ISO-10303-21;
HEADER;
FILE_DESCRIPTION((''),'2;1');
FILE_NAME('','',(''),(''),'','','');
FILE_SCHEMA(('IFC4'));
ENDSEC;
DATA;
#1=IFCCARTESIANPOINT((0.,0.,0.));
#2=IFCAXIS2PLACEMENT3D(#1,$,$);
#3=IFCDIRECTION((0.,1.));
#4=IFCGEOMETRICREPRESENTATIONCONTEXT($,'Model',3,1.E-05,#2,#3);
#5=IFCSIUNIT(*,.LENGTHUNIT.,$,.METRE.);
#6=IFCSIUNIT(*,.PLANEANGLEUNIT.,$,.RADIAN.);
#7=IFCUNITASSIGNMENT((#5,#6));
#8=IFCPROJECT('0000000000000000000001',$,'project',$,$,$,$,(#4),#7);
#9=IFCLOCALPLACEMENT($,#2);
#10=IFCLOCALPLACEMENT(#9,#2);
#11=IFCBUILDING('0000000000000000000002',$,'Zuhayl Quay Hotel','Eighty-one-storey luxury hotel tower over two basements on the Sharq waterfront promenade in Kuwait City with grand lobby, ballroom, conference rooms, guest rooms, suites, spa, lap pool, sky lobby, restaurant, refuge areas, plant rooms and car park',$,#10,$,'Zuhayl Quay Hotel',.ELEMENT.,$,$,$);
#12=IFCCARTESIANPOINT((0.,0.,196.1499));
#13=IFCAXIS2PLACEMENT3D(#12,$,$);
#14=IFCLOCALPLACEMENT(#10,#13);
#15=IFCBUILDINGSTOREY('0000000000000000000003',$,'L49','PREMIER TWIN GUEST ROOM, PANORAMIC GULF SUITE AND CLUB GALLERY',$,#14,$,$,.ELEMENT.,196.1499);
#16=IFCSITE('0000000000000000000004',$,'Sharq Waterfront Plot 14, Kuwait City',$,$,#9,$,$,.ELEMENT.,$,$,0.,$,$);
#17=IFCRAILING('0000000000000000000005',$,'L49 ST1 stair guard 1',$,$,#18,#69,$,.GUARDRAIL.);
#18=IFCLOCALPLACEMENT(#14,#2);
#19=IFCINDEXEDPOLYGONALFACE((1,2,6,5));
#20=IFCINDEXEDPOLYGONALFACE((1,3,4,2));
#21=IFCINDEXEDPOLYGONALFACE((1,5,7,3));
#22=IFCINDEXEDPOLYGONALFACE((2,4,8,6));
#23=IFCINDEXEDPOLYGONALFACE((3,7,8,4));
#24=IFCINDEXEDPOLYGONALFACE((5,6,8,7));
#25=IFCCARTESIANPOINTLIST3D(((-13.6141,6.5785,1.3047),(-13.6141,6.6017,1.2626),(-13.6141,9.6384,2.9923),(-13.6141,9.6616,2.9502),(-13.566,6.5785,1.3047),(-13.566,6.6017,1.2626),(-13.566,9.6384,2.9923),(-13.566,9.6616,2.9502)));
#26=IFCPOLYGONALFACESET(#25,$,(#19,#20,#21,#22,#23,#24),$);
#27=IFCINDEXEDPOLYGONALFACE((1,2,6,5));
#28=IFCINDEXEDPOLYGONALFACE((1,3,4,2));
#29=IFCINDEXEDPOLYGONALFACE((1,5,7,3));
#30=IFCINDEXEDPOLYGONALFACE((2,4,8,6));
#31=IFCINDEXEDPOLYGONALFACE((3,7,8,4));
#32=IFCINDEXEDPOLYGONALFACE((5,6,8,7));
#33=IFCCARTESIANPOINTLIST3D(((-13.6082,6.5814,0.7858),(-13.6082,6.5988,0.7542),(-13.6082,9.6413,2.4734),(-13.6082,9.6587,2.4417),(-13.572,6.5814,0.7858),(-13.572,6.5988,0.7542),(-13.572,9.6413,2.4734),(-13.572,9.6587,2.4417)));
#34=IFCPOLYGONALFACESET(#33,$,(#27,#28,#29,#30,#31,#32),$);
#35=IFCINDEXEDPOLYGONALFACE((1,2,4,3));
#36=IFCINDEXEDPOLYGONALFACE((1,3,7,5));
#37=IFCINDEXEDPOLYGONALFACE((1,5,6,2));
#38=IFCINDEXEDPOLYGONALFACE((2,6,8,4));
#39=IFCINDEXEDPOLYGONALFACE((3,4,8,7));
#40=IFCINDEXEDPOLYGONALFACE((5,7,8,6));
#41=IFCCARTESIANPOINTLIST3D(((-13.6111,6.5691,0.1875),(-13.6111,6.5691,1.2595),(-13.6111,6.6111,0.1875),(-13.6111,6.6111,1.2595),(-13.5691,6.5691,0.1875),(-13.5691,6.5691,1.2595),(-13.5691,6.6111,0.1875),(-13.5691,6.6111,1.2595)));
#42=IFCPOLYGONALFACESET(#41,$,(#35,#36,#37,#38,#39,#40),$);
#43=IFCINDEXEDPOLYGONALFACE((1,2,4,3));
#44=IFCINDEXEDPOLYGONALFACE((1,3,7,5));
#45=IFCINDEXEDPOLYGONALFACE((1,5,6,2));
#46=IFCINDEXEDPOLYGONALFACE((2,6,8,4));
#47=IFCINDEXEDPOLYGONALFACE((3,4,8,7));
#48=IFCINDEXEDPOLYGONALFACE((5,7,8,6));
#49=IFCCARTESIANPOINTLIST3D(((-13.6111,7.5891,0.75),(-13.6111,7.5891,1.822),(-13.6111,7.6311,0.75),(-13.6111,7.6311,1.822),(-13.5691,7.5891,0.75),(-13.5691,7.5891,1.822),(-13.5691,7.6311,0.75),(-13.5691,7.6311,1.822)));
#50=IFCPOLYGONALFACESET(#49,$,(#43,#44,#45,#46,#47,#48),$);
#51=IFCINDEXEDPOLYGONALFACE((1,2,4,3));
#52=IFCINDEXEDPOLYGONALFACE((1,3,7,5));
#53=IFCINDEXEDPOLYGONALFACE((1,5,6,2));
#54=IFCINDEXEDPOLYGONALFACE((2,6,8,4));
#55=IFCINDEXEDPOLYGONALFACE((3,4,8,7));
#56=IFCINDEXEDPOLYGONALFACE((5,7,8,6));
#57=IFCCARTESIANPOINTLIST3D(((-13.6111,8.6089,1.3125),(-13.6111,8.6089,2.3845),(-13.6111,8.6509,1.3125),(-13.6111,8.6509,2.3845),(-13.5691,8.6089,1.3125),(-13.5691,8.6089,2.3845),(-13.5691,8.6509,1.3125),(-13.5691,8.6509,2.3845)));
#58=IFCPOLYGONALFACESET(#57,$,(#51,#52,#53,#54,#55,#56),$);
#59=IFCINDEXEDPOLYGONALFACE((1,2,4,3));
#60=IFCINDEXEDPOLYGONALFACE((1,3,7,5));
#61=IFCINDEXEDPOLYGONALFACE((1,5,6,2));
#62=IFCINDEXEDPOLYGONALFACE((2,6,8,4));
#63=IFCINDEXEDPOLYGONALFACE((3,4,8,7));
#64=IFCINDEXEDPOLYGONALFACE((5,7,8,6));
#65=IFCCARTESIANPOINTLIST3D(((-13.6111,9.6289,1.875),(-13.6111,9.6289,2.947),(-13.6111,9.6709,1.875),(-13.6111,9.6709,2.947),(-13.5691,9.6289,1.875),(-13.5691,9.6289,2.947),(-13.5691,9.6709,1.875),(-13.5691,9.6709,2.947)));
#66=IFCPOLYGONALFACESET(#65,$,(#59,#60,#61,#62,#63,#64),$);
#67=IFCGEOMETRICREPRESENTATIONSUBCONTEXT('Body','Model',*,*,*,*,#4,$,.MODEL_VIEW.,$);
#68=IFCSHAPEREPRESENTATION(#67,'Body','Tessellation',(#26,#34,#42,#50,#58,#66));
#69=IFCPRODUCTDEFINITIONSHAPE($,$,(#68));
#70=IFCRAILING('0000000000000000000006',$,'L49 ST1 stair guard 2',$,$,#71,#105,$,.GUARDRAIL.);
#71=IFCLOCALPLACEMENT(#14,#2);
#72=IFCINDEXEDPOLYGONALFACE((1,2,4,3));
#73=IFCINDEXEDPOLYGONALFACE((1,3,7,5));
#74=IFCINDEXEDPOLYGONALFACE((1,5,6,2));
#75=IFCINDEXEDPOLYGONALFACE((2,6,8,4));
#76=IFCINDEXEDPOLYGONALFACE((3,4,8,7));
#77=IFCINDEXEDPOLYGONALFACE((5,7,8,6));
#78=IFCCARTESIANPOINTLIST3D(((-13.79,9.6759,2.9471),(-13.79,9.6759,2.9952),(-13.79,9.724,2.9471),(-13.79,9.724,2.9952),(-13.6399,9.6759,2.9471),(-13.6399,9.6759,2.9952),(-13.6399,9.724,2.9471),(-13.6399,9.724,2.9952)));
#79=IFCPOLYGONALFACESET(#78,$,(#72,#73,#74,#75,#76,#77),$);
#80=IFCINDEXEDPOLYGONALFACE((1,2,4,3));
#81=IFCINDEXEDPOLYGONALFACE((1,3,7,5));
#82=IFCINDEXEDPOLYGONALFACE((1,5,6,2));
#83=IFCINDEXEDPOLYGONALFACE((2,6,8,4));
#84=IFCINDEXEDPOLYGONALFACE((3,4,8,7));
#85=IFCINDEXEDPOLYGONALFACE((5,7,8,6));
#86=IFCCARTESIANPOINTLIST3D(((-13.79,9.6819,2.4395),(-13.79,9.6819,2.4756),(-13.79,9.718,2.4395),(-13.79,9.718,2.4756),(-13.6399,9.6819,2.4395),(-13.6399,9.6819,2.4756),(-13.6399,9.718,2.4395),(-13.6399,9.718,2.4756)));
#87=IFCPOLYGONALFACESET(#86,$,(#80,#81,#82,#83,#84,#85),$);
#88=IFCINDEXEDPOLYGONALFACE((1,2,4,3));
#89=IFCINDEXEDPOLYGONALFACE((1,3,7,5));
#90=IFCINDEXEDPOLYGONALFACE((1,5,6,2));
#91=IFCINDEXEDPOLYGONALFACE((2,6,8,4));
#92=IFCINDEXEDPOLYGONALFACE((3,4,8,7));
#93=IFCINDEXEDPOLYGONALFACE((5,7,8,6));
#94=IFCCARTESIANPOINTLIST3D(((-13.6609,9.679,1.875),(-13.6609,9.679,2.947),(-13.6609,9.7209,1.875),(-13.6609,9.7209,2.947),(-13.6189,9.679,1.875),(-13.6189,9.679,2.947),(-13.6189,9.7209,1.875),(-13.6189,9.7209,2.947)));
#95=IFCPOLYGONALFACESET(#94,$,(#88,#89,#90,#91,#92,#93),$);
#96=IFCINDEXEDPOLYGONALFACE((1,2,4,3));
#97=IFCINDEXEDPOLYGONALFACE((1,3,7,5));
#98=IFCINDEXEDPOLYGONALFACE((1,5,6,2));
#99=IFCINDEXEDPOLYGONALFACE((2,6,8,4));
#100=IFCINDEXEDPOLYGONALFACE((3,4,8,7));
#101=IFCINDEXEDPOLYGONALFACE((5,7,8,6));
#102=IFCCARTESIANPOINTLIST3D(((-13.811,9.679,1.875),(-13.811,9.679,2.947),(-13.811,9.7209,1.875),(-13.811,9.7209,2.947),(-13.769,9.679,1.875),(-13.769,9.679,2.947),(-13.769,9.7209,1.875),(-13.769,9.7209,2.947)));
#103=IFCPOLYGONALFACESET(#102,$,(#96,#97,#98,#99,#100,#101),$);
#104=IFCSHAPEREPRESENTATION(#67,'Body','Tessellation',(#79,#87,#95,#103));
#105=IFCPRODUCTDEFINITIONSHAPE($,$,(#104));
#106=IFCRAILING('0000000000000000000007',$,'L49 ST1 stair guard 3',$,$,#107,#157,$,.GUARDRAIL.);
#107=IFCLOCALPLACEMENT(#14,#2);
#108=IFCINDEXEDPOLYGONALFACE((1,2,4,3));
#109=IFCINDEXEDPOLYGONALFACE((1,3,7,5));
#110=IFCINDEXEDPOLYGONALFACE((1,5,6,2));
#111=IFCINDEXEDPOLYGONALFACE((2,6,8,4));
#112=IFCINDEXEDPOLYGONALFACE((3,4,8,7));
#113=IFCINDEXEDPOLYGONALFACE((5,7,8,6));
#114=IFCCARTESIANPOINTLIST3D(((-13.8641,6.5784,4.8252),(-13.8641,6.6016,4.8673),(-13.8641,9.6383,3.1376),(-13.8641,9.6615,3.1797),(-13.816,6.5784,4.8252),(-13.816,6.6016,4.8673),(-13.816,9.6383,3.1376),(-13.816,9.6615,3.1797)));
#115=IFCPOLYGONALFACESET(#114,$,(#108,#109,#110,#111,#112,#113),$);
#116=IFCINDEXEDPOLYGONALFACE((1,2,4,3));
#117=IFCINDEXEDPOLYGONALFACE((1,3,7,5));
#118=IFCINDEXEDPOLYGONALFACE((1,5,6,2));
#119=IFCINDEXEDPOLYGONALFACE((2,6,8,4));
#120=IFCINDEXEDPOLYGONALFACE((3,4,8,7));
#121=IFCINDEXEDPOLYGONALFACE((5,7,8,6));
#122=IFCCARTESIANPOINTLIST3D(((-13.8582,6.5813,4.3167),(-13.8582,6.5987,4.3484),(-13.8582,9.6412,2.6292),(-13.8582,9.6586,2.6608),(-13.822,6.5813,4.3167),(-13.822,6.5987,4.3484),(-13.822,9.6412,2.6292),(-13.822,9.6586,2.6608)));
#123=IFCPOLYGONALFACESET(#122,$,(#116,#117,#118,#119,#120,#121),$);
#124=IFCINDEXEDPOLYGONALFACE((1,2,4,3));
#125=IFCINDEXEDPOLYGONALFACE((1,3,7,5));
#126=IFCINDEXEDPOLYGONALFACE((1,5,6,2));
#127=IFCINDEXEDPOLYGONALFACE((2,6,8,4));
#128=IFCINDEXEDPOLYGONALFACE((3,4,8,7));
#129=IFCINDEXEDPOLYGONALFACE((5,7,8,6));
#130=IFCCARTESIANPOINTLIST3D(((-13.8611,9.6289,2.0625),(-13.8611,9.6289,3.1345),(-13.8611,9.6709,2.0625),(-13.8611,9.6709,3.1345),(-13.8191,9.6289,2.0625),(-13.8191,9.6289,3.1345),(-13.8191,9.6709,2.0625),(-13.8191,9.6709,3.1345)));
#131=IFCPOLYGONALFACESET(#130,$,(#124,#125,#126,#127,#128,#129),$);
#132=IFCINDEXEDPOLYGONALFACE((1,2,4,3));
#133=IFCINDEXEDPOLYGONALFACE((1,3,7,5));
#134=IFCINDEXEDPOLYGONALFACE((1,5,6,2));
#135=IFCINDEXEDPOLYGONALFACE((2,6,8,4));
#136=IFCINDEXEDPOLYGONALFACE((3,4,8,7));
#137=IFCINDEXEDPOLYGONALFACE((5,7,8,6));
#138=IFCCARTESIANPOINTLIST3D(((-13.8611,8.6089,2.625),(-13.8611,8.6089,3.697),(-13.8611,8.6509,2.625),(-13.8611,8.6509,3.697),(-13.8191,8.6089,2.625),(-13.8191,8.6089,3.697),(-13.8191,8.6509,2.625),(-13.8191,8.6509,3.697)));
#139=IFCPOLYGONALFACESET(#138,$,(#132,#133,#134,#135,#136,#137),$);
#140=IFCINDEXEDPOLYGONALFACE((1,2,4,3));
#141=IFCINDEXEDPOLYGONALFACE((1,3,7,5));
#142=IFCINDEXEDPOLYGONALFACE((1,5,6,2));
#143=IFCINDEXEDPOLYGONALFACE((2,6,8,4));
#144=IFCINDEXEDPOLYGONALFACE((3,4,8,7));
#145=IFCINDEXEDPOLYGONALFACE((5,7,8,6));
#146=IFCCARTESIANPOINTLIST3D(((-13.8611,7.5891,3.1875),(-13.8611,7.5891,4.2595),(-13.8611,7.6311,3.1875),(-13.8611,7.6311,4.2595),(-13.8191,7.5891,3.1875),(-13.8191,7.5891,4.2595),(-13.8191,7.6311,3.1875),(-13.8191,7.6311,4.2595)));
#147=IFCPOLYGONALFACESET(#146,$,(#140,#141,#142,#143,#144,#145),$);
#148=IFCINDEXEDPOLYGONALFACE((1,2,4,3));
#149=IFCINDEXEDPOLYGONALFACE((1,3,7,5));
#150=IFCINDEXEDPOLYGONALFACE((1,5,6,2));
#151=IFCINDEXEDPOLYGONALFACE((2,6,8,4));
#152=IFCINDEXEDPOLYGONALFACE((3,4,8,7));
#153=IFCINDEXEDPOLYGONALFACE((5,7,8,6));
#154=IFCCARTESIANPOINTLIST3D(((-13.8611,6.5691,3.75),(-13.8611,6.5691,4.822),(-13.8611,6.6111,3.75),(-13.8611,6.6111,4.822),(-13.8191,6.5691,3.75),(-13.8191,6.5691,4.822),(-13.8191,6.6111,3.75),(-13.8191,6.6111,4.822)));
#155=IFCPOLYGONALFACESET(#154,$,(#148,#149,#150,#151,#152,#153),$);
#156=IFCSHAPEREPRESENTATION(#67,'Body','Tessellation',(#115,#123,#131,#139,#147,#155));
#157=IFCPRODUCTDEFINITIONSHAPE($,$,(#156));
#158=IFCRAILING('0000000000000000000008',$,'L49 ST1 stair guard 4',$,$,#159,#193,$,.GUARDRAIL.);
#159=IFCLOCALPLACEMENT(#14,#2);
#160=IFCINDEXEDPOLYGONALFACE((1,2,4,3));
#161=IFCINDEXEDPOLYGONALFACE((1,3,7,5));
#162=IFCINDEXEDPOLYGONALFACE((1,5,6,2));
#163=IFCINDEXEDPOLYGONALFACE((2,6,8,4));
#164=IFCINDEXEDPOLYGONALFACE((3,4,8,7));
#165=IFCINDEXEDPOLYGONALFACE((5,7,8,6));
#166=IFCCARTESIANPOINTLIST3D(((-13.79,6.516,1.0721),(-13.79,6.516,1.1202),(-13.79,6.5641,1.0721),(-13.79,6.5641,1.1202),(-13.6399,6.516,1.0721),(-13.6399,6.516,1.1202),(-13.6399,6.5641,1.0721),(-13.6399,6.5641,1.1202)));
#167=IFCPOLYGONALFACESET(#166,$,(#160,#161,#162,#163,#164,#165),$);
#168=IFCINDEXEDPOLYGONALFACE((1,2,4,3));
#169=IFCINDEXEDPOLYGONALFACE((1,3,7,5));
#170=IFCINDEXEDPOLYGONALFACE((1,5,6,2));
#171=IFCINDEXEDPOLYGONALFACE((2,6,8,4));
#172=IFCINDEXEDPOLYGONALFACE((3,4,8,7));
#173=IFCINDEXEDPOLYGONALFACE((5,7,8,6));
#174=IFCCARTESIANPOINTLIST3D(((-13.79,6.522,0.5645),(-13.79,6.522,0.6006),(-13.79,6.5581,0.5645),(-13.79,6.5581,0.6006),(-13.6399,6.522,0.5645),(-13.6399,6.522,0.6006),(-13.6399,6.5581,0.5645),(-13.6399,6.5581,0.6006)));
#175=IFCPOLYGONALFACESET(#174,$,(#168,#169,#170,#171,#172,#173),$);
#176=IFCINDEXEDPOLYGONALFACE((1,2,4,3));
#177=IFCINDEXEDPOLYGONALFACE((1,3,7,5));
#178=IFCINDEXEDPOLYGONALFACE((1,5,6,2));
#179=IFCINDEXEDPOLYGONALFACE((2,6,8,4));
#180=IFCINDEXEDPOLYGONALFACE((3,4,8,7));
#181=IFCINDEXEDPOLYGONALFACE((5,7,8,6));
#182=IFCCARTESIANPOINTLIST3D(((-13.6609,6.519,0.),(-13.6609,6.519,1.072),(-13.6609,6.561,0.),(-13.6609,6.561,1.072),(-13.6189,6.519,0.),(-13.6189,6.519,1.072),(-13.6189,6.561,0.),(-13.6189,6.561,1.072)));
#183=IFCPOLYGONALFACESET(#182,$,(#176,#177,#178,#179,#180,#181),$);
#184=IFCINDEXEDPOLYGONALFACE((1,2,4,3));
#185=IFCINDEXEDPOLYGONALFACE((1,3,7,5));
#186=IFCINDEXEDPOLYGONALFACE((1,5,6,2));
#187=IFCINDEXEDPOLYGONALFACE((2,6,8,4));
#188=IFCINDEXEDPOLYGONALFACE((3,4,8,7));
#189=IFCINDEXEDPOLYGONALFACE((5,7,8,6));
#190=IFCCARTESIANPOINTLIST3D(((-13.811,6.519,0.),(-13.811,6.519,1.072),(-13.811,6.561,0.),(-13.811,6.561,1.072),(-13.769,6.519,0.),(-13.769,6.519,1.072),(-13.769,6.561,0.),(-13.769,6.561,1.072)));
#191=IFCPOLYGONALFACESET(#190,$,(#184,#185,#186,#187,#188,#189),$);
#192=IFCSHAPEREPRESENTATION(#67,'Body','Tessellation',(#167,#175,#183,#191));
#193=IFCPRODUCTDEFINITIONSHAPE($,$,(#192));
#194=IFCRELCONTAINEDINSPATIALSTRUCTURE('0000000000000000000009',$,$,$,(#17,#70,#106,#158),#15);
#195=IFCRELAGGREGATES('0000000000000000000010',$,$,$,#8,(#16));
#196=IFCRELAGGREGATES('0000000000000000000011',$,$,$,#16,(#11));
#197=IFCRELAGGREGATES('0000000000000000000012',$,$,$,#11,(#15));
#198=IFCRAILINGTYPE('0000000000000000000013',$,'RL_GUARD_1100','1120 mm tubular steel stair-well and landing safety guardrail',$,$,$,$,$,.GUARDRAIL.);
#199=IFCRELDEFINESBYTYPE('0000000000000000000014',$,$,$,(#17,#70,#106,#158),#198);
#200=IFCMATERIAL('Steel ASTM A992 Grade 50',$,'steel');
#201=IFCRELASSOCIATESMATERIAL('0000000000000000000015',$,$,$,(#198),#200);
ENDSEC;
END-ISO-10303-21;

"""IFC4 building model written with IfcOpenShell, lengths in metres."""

from ifc_helpers import new_model, si_unit, direction, frame, origin, origin_2d, place, context, subcontext, project, spatial, rectangle, extrude, material, type_object, element, save


model = new_model("IFC4")

# Units and contexts
model_context = context("Model", 3, precision=1e-05, world=origin(), true_north=direction((0.0, 1.0)))
body_context = subcontext(model_context, "Body", "Model", "MODEL_VIEW")
ifc_project = project(units=[si_unit("LENGTHUNIT", "METRE"), si_unit("PLANEANGLEUNIT", "RADIAN")], contexts=[model_context])

# Site, building, storey
site_placement = place(None, origin())
site = spatial("IfcSite", under=ifc_project, at=site_placement, Name="Sharq Waterfront Plot 14, Kuwait City", CompositionType="ELEMENT", RefElevation=0.0)
building_placement = place(site_placement, origin())
building = spatial("IfcBuilding", under=site, at=building_placement, Name="Zuhayl Quay Hotel", Description="Eighty-one-storey luxury hotel tower over two basements on the Sharq waterfront promenade in Kuwait City with grand lobby, ballroom, conference rooms, guest rooms, suites, spa, lap pool, sky lobby, restaurant, refuge areas, plant rooms and car park", LongName="Zuhayl Quay Hotel", CompositionType="ELEMENT")
storey_placement = place(building_placement, frame((0.0, 0.0, 196.1499)))
storey = spatial("IfcBuildingStorey", under=building, at=storey_placement, Name="L49", Description="PREMIER TWIN GUEST ROOM, PANORAMIC GULF SUITE AND CLUB GALLERY", CompositionType="ELEMENT", Elevation=196.1499)

# Railings
ifc_material_1 = material(Name="Steel ASTM A992 Grade 50", Category="steel")
railing_type_1 = type_object("IfcRailingType", Name="RL_GUARD_1100", Description="1120 mm tubular steel stair-well and landing safety guardrail", PredefinedType="GUARDRAIL", material=ifc_material_1)
railing_1_placement = place(storey_placement, frame((-13.5901, 6.5901, 0.1875)))
element("IfcRailing", 1, at=railing_1_placement, inside=storey, type_object=railing_type_1, Name="L49 ST1 stair guard 1", PredefinedType="GUARDRAIL", context=body_context, shape_type="SweptSolid", body=[
    extrude(rectangle(XDim=0.0481, YDim=0.0481, at=origin_2d()), frame((0.0, 0.0, 1.0962), z_axis=(0.0, 0.875659, 0.48293), x_axis=(-1.0, 0.0, 0.0)), (0.0, 0.0, 1.0), 3.4944),
    extrude(rectangle(XDim=0.0361, YDim=0.0361, at=origin_2d()), frame((0.0, 0.0, 0.5825), z_axis=(0.0, 0.875659, 0.48293), x_axis=(-1.0, 0.0, 0.0)), (0.0, 0.0, 1.0), 3.4944),
    extrude(rectangle(XDim=0.042, YDim=0.042, at=origin_2d()), origin(), (0.0, 0.0, 1.0), 1.072),
    extrude(rectangle(XDim=0.042, YDim=0.042, at=origin_2d()), frame((0.0, 1.02, 0.5625)), (0.0, 0.0, 1.0), 1.072),
    extrude(rectangle(XDim=0.042, YDim=0.042, at=origin_2d()), frame((0.0, 2.0398, 1.125)), (0.0, 0.0, 1.0), 1.072),
    extrude(rectangle(XDim=0.042, YDim=0.042, at=origin_2d()), frame((0.0, 3.0598, 1.6875)), (0.0, 0.0, 1.0), 1.072),
])
railing_2_placement = place(storey_placement, frame((-13.6399, 9.7, 1.875)))
element("IfcRailing", 2, at=railing_2_placement, inside=storey, type_object=railing_type_1, Name="L49 ST1 stair guard 2", PredefinedType="GUARDRAIL", context=body_context, shape_type="SweptSolid", body=[
    extrude(rectangle(XDim=0.0481, YDim=0.0481, at=origin_2d()), frame((0.0, 0.0, 1.0962), z_axis=(-1.0, 0.0, 0.0), x_axis=(0.0, -1.0, 0.0)), (0.0, 0.0, 1.0), 0.1501),
    extrude(rectangle(XDim=0.0361, YDim=0.0361, at=origin_2d()), frame((0.0, 0.0, 0.5825), z_axis=(-1.0, 0.0, 0.0), x_axis=(0.0, -1.0, 0.0)), (0.0, 0.0, 1.0), 0.1501),
    extrude(rectangle(XDim=0.042, YDim=0.042, at=origin_2d()), origin(), (0.0, 0.0, 1.0), 1.072),
    extrude(rectangle(XDim=0.042, YDim=0.042, at=origin_2d()), frame((-0.1501, 0.0, 0.0)), (0.0, 0.0, 1.0), 1.072),
])
railing_3_placement = place(storey_placement, frame((-13.8401, 9.6499, 2.0625)))
element("IfcRailing", 3, at=railing_3_placement, inside=storey, type_object=railing_type_1, Name="L49 ST1 stair guard 3", PredefinedType="GUARDRAIL", context=body_context, shape_type="SweptSolid", body=[
    extrude(rectangle(XDim=0.0481, YDim=0.0481, at=origin_2d()), frame((0.0, 0.0, 1.0962), z_axis=(0.0, -0.875659, 0.48293), x_axis=(1.0, 0.0, 0.0)), (0.0, 0.0, 1.0), 3.4944),
    extrude(rectangle(XDim=0.0361, YDim=0.0361, at=origin_2d()), frame((0.0, 0.0, 0.5825), z_axis=(0.0, -0.875659, 0.48293), x_axis=(1.0, 0.0, 0.0)), (0.0, 0.0, 1.0), 3.4944),
    extrude(rectangle(XDim=0.042, YDim=0.042, at=origin_2d()), origin(), (0.0, 0.0, 1.0), 1.072),
    extrude(rectangle(XDim=0.042, YDim=0.042, at=origin_2d()), frame((0.0, -1.02, 0.5625)), (0.0, 0.0, 1.0), 1.072),
    extrude(rectangle(XDim=0.042, YDim=0.042, at=origin_2d()), frame((0.0, -2.0398, 1.125)), (0.0, 0.0, 1.0), 1.072),
    extrude(rectangle(XDim=0.042, YDim=0.042, at=origin_2d()), frame((0.0, -3.0598, 1.6875)), (0.0, 0.0, 1.0), 1.072),
])
railing_4_placement = place(storey_placement, frame((-13.6399, 6.54, 0.0)))
element("IfcRailing", 4, at=railing_4_placement, inside=storey, type_object=railing_type_1, Name="L49 ST1 stair guard 4", PredefinedType="GUARDRAIL", context=body_context, shape_type="SweptSolid", body=[
    extrude(rectangle(XDim=0.0481, YDim=0.0481, at=origin_2d()), frame((0.0, 0.0, 1.0962), z_axis=(-1.0, 0.0, 0.0), x_axis=(0.0, -1.0, 0.0)), (0.0, 0.0, 1.0), 0.1501),
    extrude(rectangle(XDim=0.0361, YDim=0.0361, at=origin_2d()), frame((0.0, 0.0, 0.5825), z_axis=(-1.0, 0.0, 0.0), x_axis=(0.0, -1.0, 0.0)), (0.0, 0.0, 1.0), 0.1501),
    extrude(rectangle(XDim=0.042, YDim=0.042, at=origin_2d()), origin(), (0.0, 0.0, 1.0), 1.072),
    extrude(rectangle(XDim=0.042, YDim=0.042, at=origin_2d()), frame((-0.1501, 0.0, 0.0)), (0.0, 0.0, 1.0), 1.072),
])

save(model, "model.ifc")
